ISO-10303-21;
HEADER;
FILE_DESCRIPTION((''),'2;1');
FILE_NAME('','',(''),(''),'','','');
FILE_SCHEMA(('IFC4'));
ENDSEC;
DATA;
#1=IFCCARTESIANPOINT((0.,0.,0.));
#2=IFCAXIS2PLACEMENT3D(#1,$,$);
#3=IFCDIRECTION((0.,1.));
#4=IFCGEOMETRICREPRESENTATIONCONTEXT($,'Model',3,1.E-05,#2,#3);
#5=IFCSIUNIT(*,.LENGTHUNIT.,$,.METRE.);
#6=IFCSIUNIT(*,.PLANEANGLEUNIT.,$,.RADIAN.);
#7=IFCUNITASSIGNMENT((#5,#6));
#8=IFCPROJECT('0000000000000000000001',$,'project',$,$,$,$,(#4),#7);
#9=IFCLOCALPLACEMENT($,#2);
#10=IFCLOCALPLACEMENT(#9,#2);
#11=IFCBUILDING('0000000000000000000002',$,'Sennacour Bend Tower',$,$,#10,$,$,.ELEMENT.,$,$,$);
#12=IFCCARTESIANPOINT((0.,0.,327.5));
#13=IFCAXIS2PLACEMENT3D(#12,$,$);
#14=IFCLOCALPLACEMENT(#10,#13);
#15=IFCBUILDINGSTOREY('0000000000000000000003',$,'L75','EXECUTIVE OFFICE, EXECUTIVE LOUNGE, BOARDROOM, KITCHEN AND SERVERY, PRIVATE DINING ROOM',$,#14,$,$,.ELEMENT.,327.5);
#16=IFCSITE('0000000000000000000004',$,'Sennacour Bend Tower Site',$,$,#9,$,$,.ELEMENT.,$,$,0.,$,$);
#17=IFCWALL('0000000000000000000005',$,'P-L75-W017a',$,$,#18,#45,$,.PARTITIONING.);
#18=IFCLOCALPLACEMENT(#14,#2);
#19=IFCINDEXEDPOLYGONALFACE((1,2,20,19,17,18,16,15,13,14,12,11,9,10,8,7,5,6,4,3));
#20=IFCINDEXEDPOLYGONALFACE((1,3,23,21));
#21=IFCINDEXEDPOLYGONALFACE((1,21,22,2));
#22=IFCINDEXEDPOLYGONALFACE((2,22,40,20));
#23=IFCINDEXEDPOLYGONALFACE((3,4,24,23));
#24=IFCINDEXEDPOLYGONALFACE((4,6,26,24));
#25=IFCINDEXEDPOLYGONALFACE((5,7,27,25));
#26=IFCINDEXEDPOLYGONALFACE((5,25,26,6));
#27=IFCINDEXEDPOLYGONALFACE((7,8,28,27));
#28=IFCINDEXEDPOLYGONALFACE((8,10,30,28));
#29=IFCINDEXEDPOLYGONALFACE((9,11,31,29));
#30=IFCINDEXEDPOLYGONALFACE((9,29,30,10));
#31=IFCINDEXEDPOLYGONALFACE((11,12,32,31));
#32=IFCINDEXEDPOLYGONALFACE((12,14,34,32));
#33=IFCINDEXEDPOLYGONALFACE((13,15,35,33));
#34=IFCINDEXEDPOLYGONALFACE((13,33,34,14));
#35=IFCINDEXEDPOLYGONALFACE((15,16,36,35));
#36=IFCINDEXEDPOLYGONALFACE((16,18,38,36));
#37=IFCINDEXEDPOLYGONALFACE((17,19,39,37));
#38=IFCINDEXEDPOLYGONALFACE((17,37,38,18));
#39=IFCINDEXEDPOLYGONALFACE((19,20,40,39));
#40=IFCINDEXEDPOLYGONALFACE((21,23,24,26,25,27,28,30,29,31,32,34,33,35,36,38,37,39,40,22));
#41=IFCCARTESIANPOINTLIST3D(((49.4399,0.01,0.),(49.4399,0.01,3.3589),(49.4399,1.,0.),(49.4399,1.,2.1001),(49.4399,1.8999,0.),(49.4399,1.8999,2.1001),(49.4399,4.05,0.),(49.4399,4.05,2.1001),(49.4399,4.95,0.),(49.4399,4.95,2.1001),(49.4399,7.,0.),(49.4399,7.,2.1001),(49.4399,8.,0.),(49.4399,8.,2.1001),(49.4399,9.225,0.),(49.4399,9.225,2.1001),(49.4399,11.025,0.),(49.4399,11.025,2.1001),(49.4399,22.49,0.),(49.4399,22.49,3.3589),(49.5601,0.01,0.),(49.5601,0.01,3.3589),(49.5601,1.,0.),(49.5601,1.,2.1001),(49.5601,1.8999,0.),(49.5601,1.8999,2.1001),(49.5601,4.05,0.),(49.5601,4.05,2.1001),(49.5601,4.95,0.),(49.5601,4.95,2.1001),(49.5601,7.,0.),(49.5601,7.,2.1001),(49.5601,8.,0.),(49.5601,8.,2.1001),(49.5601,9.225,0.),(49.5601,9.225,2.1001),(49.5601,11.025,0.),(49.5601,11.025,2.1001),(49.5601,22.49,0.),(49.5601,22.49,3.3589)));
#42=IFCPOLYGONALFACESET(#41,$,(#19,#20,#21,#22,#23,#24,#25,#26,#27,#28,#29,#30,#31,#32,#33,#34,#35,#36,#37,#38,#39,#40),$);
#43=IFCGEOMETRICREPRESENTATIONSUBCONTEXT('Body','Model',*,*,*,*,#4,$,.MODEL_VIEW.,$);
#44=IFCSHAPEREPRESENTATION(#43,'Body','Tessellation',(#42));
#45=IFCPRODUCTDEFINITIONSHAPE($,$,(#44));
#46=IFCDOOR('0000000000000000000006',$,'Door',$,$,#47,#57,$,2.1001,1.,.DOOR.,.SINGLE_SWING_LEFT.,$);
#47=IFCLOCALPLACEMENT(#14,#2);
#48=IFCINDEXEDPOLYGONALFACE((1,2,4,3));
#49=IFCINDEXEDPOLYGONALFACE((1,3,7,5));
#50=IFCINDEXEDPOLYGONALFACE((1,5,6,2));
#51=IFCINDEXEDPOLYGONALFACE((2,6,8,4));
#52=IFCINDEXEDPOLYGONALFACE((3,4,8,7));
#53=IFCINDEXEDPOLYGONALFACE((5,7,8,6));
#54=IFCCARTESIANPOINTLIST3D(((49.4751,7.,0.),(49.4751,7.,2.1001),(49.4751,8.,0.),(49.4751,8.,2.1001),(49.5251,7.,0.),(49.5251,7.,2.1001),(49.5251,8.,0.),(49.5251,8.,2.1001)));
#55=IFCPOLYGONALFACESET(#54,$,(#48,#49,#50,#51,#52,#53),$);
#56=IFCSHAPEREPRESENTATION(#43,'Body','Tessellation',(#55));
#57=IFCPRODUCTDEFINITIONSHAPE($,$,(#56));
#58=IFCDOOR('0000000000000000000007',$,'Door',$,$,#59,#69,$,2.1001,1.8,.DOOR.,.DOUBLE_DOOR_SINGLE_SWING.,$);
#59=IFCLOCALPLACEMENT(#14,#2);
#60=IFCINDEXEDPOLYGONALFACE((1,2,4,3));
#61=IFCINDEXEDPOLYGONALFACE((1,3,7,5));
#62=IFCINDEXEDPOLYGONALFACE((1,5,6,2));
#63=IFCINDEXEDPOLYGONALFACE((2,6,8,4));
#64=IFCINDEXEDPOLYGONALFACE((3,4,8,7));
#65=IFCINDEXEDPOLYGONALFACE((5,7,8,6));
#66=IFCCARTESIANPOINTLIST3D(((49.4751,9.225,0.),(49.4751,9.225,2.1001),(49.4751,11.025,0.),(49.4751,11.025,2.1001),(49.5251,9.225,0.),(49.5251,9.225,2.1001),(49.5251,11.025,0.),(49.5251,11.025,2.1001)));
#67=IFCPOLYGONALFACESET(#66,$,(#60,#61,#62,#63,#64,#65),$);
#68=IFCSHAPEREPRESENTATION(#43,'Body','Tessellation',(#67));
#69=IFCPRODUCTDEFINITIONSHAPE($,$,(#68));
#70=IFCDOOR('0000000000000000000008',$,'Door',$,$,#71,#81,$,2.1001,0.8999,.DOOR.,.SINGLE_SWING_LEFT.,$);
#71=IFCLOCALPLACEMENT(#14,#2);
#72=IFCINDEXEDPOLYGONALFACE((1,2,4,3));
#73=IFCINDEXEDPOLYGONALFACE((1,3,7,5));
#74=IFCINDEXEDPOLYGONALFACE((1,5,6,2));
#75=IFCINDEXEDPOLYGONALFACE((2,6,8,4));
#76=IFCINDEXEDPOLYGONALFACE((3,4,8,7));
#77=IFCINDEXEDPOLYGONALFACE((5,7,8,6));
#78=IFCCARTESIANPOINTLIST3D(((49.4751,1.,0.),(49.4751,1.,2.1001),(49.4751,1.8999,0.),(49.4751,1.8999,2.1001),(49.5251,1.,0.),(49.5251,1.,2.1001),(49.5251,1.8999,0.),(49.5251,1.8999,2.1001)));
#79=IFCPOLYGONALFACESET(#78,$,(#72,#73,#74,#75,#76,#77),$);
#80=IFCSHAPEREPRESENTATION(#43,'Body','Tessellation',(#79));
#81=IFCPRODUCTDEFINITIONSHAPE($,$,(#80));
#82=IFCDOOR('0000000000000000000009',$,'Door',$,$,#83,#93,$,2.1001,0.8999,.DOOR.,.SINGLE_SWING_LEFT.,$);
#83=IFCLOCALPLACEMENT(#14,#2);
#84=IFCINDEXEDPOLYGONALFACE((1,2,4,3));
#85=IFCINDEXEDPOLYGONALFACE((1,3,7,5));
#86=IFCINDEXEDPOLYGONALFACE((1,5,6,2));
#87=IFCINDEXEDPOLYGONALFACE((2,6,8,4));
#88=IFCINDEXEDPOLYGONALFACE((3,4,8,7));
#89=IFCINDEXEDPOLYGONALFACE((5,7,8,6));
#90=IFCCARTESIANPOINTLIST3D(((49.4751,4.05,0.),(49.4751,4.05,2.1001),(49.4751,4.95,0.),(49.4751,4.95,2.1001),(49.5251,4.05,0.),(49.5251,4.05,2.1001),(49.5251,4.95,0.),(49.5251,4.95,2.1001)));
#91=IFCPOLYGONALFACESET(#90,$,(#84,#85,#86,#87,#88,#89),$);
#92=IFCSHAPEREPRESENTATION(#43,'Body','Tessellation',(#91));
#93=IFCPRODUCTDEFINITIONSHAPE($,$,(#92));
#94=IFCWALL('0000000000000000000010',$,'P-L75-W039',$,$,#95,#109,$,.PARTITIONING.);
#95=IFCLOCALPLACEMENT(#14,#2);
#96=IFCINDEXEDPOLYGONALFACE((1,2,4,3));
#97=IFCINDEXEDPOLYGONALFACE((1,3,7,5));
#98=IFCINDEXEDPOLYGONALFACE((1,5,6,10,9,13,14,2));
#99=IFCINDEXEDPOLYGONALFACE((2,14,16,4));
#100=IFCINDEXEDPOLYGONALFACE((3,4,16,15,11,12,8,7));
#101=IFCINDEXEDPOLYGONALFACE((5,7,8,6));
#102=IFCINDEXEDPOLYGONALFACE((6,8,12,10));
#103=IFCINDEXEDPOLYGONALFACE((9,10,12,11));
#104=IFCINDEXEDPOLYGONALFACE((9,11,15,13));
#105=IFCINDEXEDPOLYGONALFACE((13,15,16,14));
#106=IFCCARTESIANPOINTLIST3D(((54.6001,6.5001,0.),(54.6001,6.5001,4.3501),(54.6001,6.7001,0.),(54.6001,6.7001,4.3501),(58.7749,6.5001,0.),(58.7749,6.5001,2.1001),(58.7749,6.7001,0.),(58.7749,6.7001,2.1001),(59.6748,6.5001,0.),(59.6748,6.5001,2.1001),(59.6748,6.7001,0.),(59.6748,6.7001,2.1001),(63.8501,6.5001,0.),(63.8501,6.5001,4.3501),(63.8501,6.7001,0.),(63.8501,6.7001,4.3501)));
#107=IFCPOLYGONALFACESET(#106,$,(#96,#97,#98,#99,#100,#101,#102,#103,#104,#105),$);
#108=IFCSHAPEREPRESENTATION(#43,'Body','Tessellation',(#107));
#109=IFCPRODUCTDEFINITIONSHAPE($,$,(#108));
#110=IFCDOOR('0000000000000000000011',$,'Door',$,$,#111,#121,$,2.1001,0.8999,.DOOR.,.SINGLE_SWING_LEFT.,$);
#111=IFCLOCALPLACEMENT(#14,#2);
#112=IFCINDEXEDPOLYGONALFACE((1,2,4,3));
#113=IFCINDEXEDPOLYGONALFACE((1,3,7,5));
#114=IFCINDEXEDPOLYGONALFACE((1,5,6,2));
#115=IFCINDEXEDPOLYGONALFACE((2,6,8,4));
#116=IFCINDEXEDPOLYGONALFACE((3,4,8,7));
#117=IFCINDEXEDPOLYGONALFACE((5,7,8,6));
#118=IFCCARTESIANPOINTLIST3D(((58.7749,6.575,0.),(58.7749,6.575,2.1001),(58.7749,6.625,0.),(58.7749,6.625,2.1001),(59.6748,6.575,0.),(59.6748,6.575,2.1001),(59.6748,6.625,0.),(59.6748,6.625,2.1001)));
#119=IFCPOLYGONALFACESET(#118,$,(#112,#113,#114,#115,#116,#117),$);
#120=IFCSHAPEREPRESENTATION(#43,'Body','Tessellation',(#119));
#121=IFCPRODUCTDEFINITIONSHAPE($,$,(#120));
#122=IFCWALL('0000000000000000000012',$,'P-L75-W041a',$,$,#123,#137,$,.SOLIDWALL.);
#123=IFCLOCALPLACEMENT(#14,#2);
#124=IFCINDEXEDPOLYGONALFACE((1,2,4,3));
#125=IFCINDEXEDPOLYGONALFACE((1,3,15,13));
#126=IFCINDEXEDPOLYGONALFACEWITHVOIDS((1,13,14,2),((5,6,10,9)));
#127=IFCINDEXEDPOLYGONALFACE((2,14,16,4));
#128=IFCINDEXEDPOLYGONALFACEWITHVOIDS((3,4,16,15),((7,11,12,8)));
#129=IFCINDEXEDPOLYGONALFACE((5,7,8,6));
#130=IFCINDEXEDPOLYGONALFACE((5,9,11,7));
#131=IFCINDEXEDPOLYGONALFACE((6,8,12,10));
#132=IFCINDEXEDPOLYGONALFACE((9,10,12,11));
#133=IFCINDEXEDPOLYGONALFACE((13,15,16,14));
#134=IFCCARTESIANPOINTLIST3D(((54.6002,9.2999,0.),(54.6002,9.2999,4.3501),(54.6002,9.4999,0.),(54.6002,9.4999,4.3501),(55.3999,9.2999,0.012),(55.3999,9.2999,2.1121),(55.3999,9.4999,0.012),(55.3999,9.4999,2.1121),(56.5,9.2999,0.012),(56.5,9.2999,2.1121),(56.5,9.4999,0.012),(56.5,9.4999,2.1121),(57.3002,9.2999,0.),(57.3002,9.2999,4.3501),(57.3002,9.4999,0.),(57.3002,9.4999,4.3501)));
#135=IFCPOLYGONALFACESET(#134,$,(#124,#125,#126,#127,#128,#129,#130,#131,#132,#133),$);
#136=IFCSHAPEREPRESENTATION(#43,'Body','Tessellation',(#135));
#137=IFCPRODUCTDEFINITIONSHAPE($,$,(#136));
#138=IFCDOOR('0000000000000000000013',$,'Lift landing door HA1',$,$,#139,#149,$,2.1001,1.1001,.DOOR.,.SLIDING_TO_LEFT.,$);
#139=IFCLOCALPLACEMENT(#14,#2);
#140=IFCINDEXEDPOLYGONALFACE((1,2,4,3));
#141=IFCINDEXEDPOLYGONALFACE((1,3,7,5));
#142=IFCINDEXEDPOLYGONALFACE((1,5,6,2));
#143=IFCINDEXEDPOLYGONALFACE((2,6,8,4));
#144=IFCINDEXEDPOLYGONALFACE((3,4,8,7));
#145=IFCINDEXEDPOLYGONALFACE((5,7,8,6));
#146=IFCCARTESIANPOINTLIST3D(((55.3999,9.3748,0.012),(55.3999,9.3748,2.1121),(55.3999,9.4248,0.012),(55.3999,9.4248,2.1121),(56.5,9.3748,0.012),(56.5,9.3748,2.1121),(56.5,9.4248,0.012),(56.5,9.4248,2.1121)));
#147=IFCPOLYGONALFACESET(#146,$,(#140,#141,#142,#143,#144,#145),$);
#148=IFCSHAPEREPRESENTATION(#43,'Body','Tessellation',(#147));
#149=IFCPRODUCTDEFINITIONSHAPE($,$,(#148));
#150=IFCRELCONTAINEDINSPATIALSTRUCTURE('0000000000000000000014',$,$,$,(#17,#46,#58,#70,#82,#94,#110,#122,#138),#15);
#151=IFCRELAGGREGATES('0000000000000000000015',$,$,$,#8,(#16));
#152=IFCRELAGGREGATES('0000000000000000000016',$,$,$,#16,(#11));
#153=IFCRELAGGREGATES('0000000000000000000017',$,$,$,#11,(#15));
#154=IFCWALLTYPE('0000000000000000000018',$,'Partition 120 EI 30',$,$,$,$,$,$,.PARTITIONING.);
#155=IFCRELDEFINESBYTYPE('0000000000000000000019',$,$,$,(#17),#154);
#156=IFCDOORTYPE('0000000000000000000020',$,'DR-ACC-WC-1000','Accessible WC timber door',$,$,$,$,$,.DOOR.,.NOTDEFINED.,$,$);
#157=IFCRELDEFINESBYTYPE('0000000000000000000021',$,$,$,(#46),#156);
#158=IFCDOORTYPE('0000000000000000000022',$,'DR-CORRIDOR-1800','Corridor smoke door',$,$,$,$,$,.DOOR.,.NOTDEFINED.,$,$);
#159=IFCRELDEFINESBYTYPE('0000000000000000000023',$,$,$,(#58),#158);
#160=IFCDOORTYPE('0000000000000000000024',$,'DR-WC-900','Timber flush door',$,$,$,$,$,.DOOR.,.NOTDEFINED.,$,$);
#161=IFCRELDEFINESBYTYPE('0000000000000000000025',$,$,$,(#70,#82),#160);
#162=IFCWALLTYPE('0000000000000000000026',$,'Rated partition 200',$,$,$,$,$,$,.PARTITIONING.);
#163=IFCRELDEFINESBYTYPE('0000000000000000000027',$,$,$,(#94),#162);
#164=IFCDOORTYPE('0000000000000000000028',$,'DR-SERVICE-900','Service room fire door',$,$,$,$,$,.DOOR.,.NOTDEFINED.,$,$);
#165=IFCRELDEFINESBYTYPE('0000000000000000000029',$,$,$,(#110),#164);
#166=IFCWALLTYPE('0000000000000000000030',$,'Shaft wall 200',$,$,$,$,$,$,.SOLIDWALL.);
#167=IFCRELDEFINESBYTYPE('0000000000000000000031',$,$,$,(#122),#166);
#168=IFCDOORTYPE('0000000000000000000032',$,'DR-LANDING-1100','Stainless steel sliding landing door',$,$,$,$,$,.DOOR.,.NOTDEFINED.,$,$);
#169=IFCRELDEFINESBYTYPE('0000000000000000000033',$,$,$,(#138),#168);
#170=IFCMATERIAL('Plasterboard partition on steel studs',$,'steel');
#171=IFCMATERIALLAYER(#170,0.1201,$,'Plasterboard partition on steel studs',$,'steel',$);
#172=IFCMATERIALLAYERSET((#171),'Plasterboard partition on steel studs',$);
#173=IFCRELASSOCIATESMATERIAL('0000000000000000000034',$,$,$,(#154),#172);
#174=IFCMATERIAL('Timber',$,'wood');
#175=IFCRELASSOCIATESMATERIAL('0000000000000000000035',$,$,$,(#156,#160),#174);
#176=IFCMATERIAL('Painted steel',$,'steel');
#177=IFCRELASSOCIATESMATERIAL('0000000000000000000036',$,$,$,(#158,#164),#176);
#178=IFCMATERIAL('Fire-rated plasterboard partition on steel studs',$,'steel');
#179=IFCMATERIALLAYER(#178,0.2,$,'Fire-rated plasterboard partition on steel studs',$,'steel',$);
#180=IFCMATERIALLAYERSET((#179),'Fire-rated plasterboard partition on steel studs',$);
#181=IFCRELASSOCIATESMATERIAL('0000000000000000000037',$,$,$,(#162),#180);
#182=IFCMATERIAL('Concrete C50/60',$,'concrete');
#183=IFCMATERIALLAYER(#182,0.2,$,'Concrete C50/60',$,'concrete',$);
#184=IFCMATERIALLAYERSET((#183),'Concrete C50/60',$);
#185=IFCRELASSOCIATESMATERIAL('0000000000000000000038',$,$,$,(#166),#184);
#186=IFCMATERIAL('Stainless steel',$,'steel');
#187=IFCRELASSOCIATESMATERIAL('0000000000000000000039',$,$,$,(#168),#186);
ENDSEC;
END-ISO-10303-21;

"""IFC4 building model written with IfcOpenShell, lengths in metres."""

from ifc_helpers import new_model, si_unit, direction, frame, frame_2d, origin, place, context, subcontext, project, spatial, rectangle, extrude, material, layer, layer_set, type_object, element, fill, save


model = new_model("IFC4")

# Units and contexts
model_context = context("Model", 3, precision=1e-05, world=origin(), true_north=direction((0.0, 1.0)))
body_context = subcontext(model_context, "Body", "Model", "MODEL_VIEW")
ifc_project = project(units=[si_unit("LENGTHUNIT", "METRE"), si_unit("PLANEANGLEUNIT", "RADIAN")], contexts=[model_context])

# Site, building, storey
site_placement = place(None, origin())
site = spatial("IfcSite", under=ifc_project, at=site_placement, Name="Sennacour Bend Tower Site", CompositionType="ELEMENT", RefElevation=0.0)
building_placement = place(site_placement, origin())
building = spatial("IfcBuilding", under=site, at=building_placement, Name="Sennacour Bend Tower", CompositionType="ELEMENT")
storey_placement = place(building_placement, frame((0.0, 0.0, 327.5)))
storey = spatial("IfcBuildingStorey", under=building, at=storey_placement, Name="L75", Description="EXECUTIVE OFFICE, EXECUTIVE LOUNGE, BOARDROOM, KITCHEN AND SERVERY, PRIVATE DINING ROOM", CompositionType="ELEMENT", Elevation=327.5)

# Shared definitions
ifc_material_1 = material(Name="Concrete C50/60", Category="concrete")
ifc_material_2 = material(Name="Painted steel", Category="steel")

# Shared definitions
ifc_material_3 = material(Name="Plasterboard partition on steel studs", Category="steel")

# Wall, openings, doors
ifc_layer_1 = layer(ifc_material_3, 0.1201, Name="Plasterboard partition on steel studs", Category="steel")
ifc_layer_set_1 = layer_set([ifc_layer_1], Name="Plasterboard partition on steel studs")
wall_type_1 = type_object("IfcWallType", Name="Partition 120 EI 30", PredefinedType="PARTITIONING", material=ifc_layer_set_1)
wall_1_placement = place(storey_placement, frame((49.5, 0.01, 0.0), z_axis=(0.0, 0.0, 1.0), x_axis=(0.0, 1.0, 0.0)))
wall_1 = element("IfcWall", 1, at=wall_1_placement, inside=storey, type_object=wall_type_1, Name="P-L75-W017a", PredefinedType="PARTITIONING", context=body_context, shape_type="SweptSolid", body=[
    extrude(rectangle(XDim=22.48, YDim=0.1201, at=frame_2d((11.24, 0.0))), origin(), (0.0, 0.0, 1.0), 3.3589),
])
opening_1_placement = place(wall_1_placement, frame((9.2151, 0.0, 0.0)))
opening_1 = element("IfcOpeningElement", 2, at=opening_1_placement, cuts=wall_1, PredefinedType="OPENING", context=body_context, shape_type="SweptSolid", body=[
    extrude(rectangle(XDim=1.8, YDim=2.1001, at=frame_2d((0.8999, 1.05))), frame((0.0, 0.0701, 0.0), z_axis=(0.0, -1.0, 0.0), x_axis=(1.0, 0.0, 0.0)), (0.0, 0.0, 1.0), 0.1401),
])
opening_2_placement = place(wall_1_placement, frame((0.99, 0.0, 0.0)))
opening_2 = element("IfcOpeningElement", 3, at=opening_2_placement, cuts=wall_1, PredefinedType="OPENING", context=body_context, shape_type="SweptSolid", body=[
    extrude(rectangle(XDim=0.8999, YDim=2.1001, at=frame_2d((0.45, 1.05))), frame((0.0, 0.0701, 0.0), z_axis=(0.0, -1.0, 0.0), x_axis=(1.0, 0.0, 0.0)), (0.0, 0.0, 1.0), 0.1401),
])
opening_3_placement = place(wall_1_placement, frame((4.04, 0.0, 0.0)))
opening_3 = element("IfcOpeningElement", 4, at=opening_3_placement, cuts=wall_1, PredefinedType="OPENING", context=body_context, shape_type="SweptSolid", body=[
    extrude(rectangle(XDim=0.8999, YDim=2.1001, at=frame_2d((0.45, 1.05))), frame((0.0, 0.0701, 0.0), z_axis=(0.0, -1.0, 0.0), x_axis=(1.0, 0.0, 0.0)), (0.0, 0.0, 1.0), 0.1401),
])
opening_4_placement = place(wall_1_placement, frame((6.99, 0.0, 0.0)))
opening_4 = element("IfcOpeningElement", 5, at=opening_4_placement, cuts=wall_1, PredefinedType="OPENING", context=body_context, shape_type="SweptSolid", body=[
    extrude(rectangle(XDim=1.0, YDim=2.1001, at=frame_2d((0.5, 1.05))), frame((0.0, 0.0701, 0.0), z_axis=(0.0, -1.0, 0.0), x_axis=(1.0, 0.0, 0.0)), (0.0, 0.0, 1.0), 0.1401),
])
ifc_material_4 = material(Name="Timber", Category="wood")
door_type_1 = type_object("IfcDoorType", Name="DR-ACC-WC-1000", Description="Accessible WC timber door", OperationType="NOTDEFINED", PredefinedType="DOOR", material=ifc_material_4)
door_1_placement = place(opening_4_placement, origin())
door_1 = element("IfcDoor", 6, at=door_1_placement, inside=storey, type_object=door_type_1, Name="Door", OperationType="SINGLE_SWING_LEFT", OverallHeight=2.1001, OverallWidth=1.0, PredefinedType="DOOR", context=body_context, shape_type="SweptSolid", body=[
    extrude(rectangle(XDim=1.0, YDim=2.1001, at=frame_2d((0.5, 1.05))), frame((0.0, 0.0249, 0.0), z_axis=(0.0, -1.0, 0.0), x_axis=(1.0, 0.0, 0.0)), (0.0, 0.0, 1.0), 0.05),
])
fill(opening_4, door_1)
door_type_2 = type_object("IfcDoorType", Name="DR-CORRIDOR-1800", Description="Corridor smoke door", OperationType="NOTDEFINED", PredefinedType="DOOR", material=ifc_material_2)
door_2_placement = place(opening_1_placement, origin())
door_2 = element("IfcDoor", 7, at=door_2_placement, inside=storey, type_object=door_type_2, Name="Door", OperationType="DOUBLE_DOOR_SINGLE_SWING", OverallHeight=2.1001, OverallWidth=1.8, PredefinedType="DOOR", context=body_context, shape_type="SweptSolid", body=[
    extrude(rectangle(XDim=1.8, YDim=2.1001, at=frame_2d((0.8999, 1.05))), frame((0.0, 0.0249, 0.0), z_axis=(0.0, -1.0, 0.0), x_axis=(1.0, 0.0, 0.0)), (0.0, 0.0, 1.0), 0.05),
])
fill(opening_1, door_2)
door_type_3 = type_object("IfcDoorType", Name="DR-WC-900", Description="Timber flush door", OperationType="NOTDEFINED", PredefinedType="DOOR", material=ifc_material_4)
door_3_placement = place(opening_2_placement, origin())
door_3 = element("IfcDoor", 8, at=door_3_placement, inside=storey, type_object=door_type_3, Name="Door", OperationType="SINGLE_SWING_LEFT", OverallHeight=2.1001, OverallWidth=0.8999, PredefinedType="DOOR", context=body_context, shape_type="SweptSolid", body=[
    extrude(rectangle(XDim=0.8999, YDim=2.1001, at=frame_2d((0.45, 1.05))), frame((0.0, 0.0249, 0.0), z_axis=(0.0, -1.0, 0.0), x_axis=(1.0, 0.0, 0.0)), (0.0, 0.0, 1.0), 0.05),
])
fill(opening_2, door_3)
door_4_placement = place(opening_3_placement, origin())
door_4 = element("IfcDoor", 9, at=door_4_placement, inside=storey, type_object=door_type_3, Name="Door", OperationType="SINGLE_SWING_LEFT", OverallHeight=2.1001, OverallWidth=0.8999, PredefinedType="DOOR", context=body_context, shape_type="SweptSolid", body=[
    extrude(rectangle(XDim=0.8999, YDim=2.1001, at=frame_2d((0.45, 1.05))), frame((0.0, 0.0249, 0.0), z_axis=(0.0, -1.0, 0.0), x_axis=(1.0, 0.0, 0.0)), (0.0, 0.0, 1.0), 0.05),
])
fill(opening_3, door_4)

# Walls, openings, doors
ifc_material_5 = material(Name="Fire-rated plasterboard partition on steel studs", Category="steel")
ifc_layer_2 = layer(ifc_material_5, 0.2, Name="Fire-rated plasterboard partition on steel studs", Category="steel")
ifc_layer_set_2 = layer_set([ifc_layer_2], Name="Fire-rated plasterboard partition on steel studs")
wall_type_2 = type_object("IfcWallType", Name="Rated partition 200", PredefinedType="PARTITIONING", material=ifc_layer_set_2)
wall_2_placement = place(storey_placement, frame((54.6001, 6.6001, 0.0), z_axis=(0.0, 0.0, 1.0), x_axis=(1.0, 0.0, 0.0)))
wall_2 = element("IfcWall", 10, at=wall_2_placement, inside=storey, type_object=wall_type_2, Name="P-L75-W039", PredefinedType="PARTITIONING", context=body_context, shape_type="SweptSolid", body=[
    extrude(rectangle(XDim=9.25, YDim=0.2, at=frame_2d((4.625, 0.0))), origin(), (0.0, 0.0, 1.0), 4.3501),
])
opening_5_placement = place(wall_2_placement, frame((4.1748, 0.0, 0.0)))
opening_5 = element("IfcOpeningElement", 11, at=opening_5_placement, cuts=wall_2, PredefinedType="OPENING", context=body_context, shape_type="SweptSolid", body=[
    extrude(rectangle(XDim=0.8999, YDim=2.1001, at=frame_2d((0.45, 1.05))), frame((0.0, 0.1099, 0.0), z_axis=(0.0, -1.0, 0.0), x_axis=(1.0, 0.0, 0.0)), (0.0, 0.0, 1.0), 0.22),
])
door_type_4 = type_object("IfcDoorType", Name="DR-SERVICE-900", Description="Service room fire door", OperationType="NOTDEFINED", PredefinedType="DOOR", material=ifc_material_2)
door_5_placement = place(opening_5_placement, origin())
door_5 = element("IfcDoor", 12, at=door_5_placement, inside=storey, type_object=door_type_4, Name="Door", OperationType="SINGLE_SWING_LEFT", OverallHeight=2.1001, OverallWidth=0.8999, PredefinedType="DOOR", context=body_context, shape_type="SweptSolid", body=[
    extrude(rectangle(XDim=0.8999, YDim=2.1001, at=frame_2d((0.45, 1.05))), frame((0.0, 0.0249, 0.0), z_axis=(0.0, -1.0, 0.0), x_axis=(1.0, 0.0, 0.0)), (0.0, 0.0, 1.0), 0.05),
])
fill(opening_5, door_5)
ifc_layer_3 = layer(ifc_material_1, 0.2, Name="Concrete C50/60", Category="concrete")
ifc_layer_set_3 = layer_set([ifc_layer_3], Name="Concrete C50/60")
wall_type_3 = type_object("IfcWallType", Name="Shaft wall 200", PredefinedType="SOLIDWALL", material=ifc_layer_set_3)
wall_3_placement = place(storey_placement, frame((54.6001, 9.3999, 0.0), z_axis=(0.0, 0.0, 1.0), x_axis=(1.0, 0.0, 0.0)))
wall_3 = element("IfcWall", 13, at=wall_3_placement, inside=storey, type_object=wall_type_3, Name="P-L75-W041a", PredefinedType="SOLIDWALL", context=body_context, shape_type="SweptSolid", body=[
    extrude(rectangle(XDim=2.7, YDim=0.2, at=frame_2d((1.3501, 0.0))), origin(), (0.0, 0.0, 1.0), 4.3501),
])
opening_6_placement = place(wall_3_placement, frame((0.7998, 0.0, 0.012)))
opening_6 = element("IfcOpeningElement", 14, at=opening_6_placement, cuts=wall_3, PredefinedType="OPENING", context=body_context, shape_type="SweptSolid", body=[
    extrude(rectangle(XDim=1.1001, YDim=2.1001, at=frame_2d((0.55, 1.05))), frame((0.0, 0.1099, 0.0), z_axis=(0.0, -1.0, 0.0), x_axis=(1.0, 0.0, 0.0)), (0.0, 0.0, 1.0), 0.22),
])
ifc_material_6 = material(Name="Stainless steel", Category="steel")
door_type_5 = type_object("IfcDoorType", Name="DR-LANDING-1100", Description="Stainless steel sliding landing door", OperationType="NOTDEFINED", PredefinedType="DOOR", material=ifc_material_6)
door_6_placement = place(opening_6_placement, origin())
door_6 = element("IfcDoor", 15, at=door_6_placement, inside=storey, type_object=door_type_5, Name="Lift landing door HA1", OperationType="SLIDING_TO_LEFT", OverallHeight=2.1001, OverallWidth=1.1001, PredefinedType="DOOR", context=body_context, shape_type="SweptSolid", body=[
    extrude(rectangle(XDim=1.1001, YDim=2.1001, at=frame_2d((0.55, 1.05))), frame((0.0, 0.0249, 0.0), z_axis=(0.0, -1.0, 0.0), x_axis=(1.0, 0.0, 0.0)), (0.0, 0.0, 1.0), 0.05),
])
fill(opening_6, door_6)

save(model, "model.ifc")
